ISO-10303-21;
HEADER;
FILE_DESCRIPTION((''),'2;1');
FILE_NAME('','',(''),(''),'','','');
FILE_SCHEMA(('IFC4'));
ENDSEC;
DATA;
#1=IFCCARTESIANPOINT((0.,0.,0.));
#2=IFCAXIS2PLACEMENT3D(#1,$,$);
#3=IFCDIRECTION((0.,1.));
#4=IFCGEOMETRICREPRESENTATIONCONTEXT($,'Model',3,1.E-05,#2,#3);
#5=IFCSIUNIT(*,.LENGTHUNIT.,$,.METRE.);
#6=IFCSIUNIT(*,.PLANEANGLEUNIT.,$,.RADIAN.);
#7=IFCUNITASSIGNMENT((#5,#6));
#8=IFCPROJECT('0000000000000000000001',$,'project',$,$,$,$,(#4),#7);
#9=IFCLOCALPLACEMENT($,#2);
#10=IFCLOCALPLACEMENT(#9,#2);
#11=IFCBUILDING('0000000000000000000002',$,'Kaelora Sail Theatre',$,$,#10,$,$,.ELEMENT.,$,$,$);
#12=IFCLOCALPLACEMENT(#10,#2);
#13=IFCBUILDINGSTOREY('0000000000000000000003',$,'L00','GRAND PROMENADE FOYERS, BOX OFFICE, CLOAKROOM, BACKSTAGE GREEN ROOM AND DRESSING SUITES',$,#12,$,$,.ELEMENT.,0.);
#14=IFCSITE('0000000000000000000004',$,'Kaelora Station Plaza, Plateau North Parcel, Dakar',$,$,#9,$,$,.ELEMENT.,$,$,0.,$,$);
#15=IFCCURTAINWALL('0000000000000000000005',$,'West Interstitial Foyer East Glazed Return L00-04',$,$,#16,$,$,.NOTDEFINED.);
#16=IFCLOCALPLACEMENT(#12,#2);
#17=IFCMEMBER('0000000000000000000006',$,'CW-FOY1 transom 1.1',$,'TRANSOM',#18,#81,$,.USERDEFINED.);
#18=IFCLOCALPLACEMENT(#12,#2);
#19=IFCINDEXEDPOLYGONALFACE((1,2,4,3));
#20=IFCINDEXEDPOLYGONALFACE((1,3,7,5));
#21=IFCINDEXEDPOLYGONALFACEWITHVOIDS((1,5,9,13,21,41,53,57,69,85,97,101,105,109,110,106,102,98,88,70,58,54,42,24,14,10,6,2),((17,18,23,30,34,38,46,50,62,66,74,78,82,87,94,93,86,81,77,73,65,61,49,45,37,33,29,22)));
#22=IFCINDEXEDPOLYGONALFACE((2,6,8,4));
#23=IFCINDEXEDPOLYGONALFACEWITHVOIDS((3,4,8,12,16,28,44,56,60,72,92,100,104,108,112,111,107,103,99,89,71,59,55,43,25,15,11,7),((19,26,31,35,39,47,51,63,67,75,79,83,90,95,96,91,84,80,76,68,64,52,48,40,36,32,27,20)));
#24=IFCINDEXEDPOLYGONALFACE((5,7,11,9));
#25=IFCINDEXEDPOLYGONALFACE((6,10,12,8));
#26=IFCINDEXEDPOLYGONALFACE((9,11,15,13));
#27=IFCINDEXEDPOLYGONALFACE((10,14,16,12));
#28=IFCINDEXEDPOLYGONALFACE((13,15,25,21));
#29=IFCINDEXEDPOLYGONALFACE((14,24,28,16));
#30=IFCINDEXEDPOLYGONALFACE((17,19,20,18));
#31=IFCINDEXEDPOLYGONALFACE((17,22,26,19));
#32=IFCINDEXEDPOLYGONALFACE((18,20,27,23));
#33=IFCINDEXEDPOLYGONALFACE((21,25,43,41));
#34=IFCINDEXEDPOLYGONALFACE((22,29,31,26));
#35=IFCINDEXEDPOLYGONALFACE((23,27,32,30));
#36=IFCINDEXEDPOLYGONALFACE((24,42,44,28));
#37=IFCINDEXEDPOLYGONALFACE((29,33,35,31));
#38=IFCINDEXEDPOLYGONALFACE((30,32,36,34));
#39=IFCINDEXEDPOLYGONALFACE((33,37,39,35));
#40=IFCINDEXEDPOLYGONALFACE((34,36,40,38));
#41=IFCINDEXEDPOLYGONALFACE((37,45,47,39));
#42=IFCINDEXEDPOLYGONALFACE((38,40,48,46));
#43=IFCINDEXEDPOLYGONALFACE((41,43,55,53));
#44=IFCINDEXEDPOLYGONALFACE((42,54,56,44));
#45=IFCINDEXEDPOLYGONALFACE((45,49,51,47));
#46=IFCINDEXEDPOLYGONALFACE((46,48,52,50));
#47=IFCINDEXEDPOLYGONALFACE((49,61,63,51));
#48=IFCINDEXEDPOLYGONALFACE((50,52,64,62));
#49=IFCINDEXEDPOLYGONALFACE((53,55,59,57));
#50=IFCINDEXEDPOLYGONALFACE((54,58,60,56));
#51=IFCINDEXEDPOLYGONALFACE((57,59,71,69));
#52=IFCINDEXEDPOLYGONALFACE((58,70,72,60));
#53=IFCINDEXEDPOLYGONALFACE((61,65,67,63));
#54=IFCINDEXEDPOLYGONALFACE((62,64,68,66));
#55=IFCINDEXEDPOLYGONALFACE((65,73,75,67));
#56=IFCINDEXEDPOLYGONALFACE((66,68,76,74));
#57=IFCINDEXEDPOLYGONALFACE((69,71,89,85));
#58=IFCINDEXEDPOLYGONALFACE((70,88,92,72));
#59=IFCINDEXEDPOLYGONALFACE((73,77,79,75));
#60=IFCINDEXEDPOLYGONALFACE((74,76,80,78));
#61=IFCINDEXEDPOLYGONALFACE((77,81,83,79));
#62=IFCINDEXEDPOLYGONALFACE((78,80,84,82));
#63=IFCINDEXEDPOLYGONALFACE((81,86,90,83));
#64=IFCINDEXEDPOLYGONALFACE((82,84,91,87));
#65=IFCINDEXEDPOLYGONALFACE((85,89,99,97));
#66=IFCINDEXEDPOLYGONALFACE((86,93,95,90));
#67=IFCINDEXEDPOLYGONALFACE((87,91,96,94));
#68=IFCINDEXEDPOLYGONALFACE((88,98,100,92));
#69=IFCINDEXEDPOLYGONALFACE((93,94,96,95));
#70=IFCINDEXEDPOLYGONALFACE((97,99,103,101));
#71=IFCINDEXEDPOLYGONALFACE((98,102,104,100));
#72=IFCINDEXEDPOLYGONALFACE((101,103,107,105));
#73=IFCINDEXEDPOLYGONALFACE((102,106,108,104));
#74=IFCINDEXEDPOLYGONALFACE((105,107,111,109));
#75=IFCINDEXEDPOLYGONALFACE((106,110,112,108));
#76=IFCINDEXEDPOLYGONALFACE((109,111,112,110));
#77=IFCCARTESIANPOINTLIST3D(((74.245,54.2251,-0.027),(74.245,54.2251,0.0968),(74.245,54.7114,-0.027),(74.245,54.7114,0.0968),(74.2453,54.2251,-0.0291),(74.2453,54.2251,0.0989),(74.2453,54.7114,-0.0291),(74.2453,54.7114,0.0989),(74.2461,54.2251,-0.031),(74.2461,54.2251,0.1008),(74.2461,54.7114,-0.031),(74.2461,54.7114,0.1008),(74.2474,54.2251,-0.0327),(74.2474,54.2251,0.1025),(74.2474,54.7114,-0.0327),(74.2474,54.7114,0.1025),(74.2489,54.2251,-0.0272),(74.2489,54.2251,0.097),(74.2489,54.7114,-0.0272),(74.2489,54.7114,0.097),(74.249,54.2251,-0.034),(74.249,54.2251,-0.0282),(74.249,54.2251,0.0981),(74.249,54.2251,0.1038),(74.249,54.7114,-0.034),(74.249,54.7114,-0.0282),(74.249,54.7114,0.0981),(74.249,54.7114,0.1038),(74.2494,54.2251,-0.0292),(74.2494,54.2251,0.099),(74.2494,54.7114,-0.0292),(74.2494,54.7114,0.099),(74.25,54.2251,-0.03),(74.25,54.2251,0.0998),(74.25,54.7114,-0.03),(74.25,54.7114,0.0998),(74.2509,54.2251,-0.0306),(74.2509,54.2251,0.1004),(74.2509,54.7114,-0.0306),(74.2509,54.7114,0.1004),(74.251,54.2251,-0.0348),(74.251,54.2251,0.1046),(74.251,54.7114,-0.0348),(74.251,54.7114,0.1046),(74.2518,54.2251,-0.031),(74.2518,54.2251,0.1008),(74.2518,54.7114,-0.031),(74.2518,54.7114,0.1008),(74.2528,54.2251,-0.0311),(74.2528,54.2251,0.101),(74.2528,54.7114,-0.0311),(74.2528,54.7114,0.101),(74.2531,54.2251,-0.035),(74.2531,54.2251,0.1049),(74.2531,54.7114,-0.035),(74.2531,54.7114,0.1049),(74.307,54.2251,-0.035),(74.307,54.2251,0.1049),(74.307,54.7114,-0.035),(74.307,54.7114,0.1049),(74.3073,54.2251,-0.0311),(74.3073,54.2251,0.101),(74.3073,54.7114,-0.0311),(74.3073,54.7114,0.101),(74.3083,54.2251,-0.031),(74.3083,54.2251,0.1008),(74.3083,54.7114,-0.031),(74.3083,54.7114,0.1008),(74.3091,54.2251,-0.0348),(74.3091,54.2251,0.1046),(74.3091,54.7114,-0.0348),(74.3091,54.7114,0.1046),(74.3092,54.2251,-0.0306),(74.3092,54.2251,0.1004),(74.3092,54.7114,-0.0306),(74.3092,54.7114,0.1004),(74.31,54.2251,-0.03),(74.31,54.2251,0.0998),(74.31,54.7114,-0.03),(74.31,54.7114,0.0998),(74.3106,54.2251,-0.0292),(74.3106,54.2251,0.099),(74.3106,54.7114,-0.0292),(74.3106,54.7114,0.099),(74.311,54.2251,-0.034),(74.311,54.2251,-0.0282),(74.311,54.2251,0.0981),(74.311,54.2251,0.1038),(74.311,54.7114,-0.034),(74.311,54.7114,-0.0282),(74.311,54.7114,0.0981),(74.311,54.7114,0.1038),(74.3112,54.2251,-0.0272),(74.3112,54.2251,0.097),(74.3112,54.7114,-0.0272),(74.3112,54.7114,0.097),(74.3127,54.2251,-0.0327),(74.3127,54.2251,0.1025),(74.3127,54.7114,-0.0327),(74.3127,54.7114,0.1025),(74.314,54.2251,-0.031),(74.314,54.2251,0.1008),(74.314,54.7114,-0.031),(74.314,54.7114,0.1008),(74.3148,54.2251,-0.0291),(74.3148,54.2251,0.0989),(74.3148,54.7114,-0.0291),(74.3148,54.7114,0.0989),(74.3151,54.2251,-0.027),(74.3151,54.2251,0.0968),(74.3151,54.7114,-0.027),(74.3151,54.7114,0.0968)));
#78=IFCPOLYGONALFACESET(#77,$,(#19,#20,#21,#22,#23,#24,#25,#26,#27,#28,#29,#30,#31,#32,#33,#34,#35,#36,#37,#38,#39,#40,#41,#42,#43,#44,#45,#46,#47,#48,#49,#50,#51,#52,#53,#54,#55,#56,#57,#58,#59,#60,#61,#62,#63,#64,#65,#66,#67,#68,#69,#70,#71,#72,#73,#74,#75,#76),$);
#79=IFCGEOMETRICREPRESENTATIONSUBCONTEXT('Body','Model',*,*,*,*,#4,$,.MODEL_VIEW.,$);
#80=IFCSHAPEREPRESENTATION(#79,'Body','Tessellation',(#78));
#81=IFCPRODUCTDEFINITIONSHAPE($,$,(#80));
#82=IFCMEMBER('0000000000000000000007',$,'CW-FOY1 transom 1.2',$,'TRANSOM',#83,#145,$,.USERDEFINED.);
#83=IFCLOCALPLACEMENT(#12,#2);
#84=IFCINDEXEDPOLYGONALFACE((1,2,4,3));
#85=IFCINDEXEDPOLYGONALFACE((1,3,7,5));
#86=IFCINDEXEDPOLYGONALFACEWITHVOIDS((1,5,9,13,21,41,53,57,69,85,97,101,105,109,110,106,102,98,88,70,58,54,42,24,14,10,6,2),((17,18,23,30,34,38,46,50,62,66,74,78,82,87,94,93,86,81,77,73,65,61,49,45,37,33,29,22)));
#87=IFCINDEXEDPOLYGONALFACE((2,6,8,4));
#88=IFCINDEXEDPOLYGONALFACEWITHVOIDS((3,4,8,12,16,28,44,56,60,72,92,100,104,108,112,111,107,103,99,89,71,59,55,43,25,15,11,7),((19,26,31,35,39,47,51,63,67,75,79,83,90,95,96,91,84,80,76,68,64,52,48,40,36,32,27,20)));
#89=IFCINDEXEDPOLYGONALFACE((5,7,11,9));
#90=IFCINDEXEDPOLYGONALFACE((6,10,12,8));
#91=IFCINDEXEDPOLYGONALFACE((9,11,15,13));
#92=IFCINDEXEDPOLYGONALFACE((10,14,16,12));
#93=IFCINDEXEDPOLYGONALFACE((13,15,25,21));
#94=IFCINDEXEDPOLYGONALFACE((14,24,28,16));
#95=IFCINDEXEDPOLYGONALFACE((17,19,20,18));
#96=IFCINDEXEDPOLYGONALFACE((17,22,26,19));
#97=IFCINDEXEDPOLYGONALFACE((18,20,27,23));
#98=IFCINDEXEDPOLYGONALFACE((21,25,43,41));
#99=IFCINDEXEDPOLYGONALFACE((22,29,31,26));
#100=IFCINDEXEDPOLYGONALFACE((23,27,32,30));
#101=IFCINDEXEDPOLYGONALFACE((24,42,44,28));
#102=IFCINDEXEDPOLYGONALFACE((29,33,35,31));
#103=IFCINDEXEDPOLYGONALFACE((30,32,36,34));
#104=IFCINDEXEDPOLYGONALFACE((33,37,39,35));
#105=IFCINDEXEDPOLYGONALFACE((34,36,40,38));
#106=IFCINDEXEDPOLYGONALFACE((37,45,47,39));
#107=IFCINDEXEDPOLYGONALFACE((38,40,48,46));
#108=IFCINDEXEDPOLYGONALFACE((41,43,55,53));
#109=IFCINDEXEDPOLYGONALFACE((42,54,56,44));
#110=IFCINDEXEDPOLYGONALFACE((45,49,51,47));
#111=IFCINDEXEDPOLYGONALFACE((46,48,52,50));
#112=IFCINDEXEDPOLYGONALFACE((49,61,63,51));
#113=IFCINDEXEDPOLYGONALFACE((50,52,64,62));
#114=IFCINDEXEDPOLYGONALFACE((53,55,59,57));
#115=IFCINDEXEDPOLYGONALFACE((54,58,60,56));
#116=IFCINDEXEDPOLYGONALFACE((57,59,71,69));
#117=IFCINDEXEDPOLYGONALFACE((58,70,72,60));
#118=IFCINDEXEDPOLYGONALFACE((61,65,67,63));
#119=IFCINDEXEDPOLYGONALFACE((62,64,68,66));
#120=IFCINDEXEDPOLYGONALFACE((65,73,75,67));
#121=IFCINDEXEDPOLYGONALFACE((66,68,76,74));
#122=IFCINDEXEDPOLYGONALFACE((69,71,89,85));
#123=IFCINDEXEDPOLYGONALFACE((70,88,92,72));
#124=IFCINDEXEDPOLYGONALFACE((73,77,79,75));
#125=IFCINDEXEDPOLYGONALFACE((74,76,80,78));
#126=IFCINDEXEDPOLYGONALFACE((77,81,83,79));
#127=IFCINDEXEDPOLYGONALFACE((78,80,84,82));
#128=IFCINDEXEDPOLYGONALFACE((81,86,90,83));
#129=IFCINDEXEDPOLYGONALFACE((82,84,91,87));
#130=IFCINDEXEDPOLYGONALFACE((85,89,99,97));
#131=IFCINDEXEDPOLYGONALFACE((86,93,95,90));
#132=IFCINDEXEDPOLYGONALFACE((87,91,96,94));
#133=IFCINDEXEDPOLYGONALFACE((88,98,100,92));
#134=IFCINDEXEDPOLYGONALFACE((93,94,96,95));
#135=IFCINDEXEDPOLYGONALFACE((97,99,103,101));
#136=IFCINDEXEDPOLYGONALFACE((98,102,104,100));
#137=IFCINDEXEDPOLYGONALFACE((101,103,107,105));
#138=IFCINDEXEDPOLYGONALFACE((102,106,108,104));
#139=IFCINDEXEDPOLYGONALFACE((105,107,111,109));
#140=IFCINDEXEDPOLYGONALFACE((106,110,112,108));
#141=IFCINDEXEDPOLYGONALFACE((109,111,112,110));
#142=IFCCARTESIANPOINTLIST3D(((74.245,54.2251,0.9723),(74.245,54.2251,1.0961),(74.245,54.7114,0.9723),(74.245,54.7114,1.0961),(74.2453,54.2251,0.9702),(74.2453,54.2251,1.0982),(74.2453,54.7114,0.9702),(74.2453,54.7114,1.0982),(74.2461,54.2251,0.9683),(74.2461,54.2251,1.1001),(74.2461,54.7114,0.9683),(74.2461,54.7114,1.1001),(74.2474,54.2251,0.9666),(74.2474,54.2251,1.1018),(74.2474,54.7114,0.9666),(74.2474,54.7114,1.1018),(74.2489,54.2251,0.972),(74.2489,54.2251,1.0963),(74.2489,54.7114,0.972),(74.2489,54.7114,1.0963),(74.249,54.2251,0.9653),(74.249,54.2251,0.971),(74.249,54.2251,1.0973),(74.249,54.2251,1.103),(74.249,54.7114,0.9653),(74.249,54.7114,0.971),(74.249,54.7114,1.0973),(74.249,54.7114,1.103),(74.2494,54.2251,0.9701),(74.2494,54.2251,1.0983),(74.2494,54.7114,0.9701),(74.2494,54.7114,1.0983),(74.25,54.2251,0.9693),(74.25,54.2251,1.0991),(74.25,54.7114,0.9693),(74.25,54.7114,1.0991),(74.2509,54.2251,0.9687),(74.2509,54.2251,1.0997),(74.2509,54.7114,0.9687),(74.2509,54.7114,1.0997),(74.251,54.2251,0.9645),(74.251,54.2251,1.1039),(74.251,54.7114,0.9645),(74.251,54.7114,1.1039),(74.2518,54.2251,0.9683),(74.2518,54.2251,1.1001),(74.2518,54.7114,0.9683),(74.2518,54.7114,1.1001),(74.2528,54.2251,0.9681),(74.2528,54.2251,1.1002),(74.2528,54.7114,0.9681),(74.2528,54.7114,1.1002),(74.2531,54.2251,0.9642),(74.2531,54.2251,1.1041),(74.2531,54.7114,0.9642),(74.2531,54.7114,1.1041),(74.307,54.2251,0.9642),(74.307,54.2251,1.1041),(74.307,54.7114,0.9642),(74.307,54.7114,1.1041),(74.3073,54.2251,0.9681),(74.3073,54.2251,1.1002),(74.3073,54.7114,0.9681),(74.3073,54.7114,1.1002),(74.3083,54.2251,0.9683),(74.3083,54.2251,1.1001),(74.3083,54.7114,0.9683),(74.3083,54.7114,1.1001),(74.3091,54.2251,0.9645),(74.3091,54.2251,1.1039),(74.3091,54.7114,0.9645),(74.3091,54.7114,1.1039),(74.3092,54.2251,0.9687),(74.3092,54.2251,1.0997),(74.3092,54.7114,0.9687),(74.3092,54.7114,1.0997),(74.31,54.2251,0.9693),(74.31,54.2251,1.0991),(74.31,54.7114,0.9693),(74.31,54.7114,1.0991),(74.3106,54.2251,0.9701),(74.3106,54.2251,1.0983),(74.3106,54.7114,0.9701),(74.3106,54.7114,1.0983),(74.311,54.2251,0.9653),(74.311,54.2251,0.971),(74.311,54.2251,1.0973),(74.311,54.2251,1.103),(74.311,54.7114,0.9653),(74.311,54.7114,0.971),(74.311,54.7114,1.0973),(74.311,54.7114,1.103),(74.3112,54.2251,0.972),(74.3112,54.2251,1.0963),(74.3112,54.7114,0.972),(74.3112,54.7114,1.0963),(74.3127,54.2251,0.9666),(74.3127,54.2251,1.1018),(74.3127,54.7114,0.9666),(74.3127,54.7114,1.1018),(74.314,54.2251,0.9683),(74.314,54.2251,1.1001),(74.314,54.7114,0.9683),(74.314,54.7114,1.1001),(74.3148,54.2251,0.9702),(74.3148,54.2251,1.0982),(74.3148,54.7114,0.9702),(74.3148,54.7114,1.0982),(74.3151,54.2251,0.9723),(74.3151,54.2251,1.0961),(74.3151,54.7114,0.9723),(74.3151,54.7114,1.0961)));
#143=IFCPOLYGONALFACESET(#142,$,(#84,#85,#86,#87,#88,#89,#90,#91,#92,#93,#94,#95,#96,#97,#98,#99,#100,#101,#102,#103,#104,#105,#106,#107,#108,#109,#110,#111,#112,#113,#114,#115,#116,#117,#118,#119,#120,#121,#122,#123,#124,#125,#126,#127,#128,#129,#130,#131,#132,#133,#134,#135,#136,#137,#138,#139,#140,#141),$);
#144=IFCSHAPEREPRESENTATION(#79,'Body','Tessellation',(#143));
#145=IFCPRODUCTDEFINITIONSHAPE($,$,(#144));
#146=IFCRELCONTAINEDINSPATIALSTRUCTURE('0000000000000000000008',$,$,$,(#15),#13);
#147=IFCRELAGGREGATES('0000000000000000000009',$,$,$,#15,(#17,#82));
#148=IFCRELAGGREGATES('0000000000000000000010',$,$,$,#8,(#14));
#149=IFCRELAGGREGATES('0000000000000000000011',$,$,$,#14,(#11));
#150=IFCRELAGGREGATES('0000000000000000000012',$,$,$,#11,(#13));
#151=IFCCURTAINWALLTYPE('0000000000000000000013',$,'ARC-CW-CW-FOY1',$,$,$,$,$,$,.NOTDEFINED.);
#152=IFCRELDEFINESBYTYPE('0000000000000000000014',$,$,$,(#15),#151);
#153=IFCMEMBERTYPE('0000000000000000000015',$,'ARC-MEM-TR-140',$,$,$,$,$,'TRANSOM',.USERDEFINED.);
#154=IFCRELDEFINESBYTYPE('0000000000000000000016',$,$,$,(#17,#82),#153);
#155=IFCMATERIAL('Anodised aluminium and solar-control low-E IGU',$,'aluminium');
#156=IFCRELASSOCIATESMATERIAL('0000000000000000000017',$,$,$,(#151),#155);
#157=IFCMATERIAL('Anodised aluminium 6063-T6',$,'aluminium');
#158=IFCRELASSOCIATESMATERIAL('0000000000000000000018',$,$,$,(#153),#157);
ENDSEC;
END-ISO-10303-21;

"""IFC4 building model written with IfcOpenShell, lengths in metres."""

from ifc_helpers import new_model, si_unit, direction, frame, origin, origin_2d, place, context, subcontext, project, spatial, hollow_rectangle, extrude, material, material_profile, profile_set, type_object, element, aggregate, save


model = new_model("IFC4")

# Units and contexts
model_context = context("Model", 3, precision=1e-05, world=origin(), true_north=direction((0.0, 1.0)))
body_context = subcontext(model_context, "Body", "Model", "MODEL_VIEW")
ifc_project = project(units=[si_unit("LENGTHUNIT", "METRE"), si_unit("PLANEANGLEUNIT", "RADIAN")], contexts=[model_context])

# Site, building, storey
site_placement = place(None, origin())
site = spatial("IfcSite", under=ifc_project, at=site_placement, Name="Kaelora Station Plaza, Plateau North Parcel, Dakar", CompositionType="ELEMENT", RefElevation=0.0)
building_placement = place(site_placement, origin())
building = spatial("IfcBuilding", under=site, at=building_placement, Name="Kaelora Sail Theatre", CompositionType="ELEMENT")
storey_placement = place(building_placement, origin())
storey = spatial("IfcBuildingStorey", under=building, at=storey_placement, Name="L00", Description="GRAND PROMENADE FOYERS, BOX OFFICE, CLOAKROOM, BACKSTAGE GREEN ROOM AND DRESSING SUITES", CompositionType="ELEMENT", Elevation=0.0)

# Curtain wall
ifc_material_1 = material(Name="Anodised aluminium and solar-control low-E IGU", Category="aluminium")
curtain_wall_type = type_object("IfcCurtainWallType", Name="ARC-CW-CW-FOY1", PredefinedType="NOTDEFINED", material=ifc_material_1)
curtain_wall_placement = place(storey_placement, origin())
curtain_wall = element("IfcCurtainWall", 1, at=curtain_wall_placement, inside=storey, type_object=curtain_wall_type, Name="West Interstitial Foyer East Glazed Return L00-04", PredefinedType="NOTDEFINED")

# Members
ifc_material_2 = material(Name="Anodised aluminium 6063-T6", Category="aluminium")
ifc_material_profile_1 = material_profile(ifc_material_2, hollow_rectangle(XDim=0.0701, YDim=0.1399, WallThickness=0.0039, InnerFilletRadius=0.0039, OuterFilletRadius=0.0081, at=origin_2d()), Name="ALU-TRAN 70x140x4")
ifc_profile_set_1 = profile_set([ifc_material_profile_1], Name="Anodised aluminium 6063-T6")
member_type_1 = type_object("IfcMemberType", Name="ARC-MEM-TR-140", ElementType="TRANSOM", PredefinedType="USERDEFINED", material=ifc_profile_set_1)
member_1_placement = place(storey_placement, frame((74.28, 54.2251, 0.0349), z_axis=(0.0, 1.0, 0.0), x_axis=(-1.0, 0.0, 0.0)))
member_1 = element("IfcMember", 2, at=member_1_placement, type_object=member_type_1, Name="CW-FOY1 transom 1.1", ObjectType="TRANSOM", PredefinedType="USERDEFINED", context=body_context, shape_type="SweptSolid", body=[
    extrude(hollow_rectangle(XDim=0.0701, YDim=0.1399, WallThickness=0.0039, InnerFilletRadius=0.0039, OuterFilletRadius=0.0081, at=origin_2d()), origin(), (0.0, 0.0, 1.0), 0.4863),
])
member_2_placement = place(storey_placement, frame((74.28, 54.2251, 1.0342), z_axis=(0.0, 1.0, 0.0), x_axis=(-1.0, 0.0, 0.0)))
member_2 = element("IfcMember", 3, at=member_2_placement, type_object=member_type_1, Name="CW-FOY1 transom 1.2", ObjectType="TRANSOM", PredefinedType="USERDEFINED", context=body_context, shape_type="SweptSolid", body=[
    extrude(hollow_rectangle(XDim=0.0701, YDim=0.1399, WallThickness=0.0039, InnerFilletRadius=0.0039, OuterFilletRadius=0.0081, at=origin_2d()), origin(), (0.0, 0.0, 1.0), 0.4863),
])

aggregate(curtain_wall, [member_1, member_2])

save(model, "model.ifc")
